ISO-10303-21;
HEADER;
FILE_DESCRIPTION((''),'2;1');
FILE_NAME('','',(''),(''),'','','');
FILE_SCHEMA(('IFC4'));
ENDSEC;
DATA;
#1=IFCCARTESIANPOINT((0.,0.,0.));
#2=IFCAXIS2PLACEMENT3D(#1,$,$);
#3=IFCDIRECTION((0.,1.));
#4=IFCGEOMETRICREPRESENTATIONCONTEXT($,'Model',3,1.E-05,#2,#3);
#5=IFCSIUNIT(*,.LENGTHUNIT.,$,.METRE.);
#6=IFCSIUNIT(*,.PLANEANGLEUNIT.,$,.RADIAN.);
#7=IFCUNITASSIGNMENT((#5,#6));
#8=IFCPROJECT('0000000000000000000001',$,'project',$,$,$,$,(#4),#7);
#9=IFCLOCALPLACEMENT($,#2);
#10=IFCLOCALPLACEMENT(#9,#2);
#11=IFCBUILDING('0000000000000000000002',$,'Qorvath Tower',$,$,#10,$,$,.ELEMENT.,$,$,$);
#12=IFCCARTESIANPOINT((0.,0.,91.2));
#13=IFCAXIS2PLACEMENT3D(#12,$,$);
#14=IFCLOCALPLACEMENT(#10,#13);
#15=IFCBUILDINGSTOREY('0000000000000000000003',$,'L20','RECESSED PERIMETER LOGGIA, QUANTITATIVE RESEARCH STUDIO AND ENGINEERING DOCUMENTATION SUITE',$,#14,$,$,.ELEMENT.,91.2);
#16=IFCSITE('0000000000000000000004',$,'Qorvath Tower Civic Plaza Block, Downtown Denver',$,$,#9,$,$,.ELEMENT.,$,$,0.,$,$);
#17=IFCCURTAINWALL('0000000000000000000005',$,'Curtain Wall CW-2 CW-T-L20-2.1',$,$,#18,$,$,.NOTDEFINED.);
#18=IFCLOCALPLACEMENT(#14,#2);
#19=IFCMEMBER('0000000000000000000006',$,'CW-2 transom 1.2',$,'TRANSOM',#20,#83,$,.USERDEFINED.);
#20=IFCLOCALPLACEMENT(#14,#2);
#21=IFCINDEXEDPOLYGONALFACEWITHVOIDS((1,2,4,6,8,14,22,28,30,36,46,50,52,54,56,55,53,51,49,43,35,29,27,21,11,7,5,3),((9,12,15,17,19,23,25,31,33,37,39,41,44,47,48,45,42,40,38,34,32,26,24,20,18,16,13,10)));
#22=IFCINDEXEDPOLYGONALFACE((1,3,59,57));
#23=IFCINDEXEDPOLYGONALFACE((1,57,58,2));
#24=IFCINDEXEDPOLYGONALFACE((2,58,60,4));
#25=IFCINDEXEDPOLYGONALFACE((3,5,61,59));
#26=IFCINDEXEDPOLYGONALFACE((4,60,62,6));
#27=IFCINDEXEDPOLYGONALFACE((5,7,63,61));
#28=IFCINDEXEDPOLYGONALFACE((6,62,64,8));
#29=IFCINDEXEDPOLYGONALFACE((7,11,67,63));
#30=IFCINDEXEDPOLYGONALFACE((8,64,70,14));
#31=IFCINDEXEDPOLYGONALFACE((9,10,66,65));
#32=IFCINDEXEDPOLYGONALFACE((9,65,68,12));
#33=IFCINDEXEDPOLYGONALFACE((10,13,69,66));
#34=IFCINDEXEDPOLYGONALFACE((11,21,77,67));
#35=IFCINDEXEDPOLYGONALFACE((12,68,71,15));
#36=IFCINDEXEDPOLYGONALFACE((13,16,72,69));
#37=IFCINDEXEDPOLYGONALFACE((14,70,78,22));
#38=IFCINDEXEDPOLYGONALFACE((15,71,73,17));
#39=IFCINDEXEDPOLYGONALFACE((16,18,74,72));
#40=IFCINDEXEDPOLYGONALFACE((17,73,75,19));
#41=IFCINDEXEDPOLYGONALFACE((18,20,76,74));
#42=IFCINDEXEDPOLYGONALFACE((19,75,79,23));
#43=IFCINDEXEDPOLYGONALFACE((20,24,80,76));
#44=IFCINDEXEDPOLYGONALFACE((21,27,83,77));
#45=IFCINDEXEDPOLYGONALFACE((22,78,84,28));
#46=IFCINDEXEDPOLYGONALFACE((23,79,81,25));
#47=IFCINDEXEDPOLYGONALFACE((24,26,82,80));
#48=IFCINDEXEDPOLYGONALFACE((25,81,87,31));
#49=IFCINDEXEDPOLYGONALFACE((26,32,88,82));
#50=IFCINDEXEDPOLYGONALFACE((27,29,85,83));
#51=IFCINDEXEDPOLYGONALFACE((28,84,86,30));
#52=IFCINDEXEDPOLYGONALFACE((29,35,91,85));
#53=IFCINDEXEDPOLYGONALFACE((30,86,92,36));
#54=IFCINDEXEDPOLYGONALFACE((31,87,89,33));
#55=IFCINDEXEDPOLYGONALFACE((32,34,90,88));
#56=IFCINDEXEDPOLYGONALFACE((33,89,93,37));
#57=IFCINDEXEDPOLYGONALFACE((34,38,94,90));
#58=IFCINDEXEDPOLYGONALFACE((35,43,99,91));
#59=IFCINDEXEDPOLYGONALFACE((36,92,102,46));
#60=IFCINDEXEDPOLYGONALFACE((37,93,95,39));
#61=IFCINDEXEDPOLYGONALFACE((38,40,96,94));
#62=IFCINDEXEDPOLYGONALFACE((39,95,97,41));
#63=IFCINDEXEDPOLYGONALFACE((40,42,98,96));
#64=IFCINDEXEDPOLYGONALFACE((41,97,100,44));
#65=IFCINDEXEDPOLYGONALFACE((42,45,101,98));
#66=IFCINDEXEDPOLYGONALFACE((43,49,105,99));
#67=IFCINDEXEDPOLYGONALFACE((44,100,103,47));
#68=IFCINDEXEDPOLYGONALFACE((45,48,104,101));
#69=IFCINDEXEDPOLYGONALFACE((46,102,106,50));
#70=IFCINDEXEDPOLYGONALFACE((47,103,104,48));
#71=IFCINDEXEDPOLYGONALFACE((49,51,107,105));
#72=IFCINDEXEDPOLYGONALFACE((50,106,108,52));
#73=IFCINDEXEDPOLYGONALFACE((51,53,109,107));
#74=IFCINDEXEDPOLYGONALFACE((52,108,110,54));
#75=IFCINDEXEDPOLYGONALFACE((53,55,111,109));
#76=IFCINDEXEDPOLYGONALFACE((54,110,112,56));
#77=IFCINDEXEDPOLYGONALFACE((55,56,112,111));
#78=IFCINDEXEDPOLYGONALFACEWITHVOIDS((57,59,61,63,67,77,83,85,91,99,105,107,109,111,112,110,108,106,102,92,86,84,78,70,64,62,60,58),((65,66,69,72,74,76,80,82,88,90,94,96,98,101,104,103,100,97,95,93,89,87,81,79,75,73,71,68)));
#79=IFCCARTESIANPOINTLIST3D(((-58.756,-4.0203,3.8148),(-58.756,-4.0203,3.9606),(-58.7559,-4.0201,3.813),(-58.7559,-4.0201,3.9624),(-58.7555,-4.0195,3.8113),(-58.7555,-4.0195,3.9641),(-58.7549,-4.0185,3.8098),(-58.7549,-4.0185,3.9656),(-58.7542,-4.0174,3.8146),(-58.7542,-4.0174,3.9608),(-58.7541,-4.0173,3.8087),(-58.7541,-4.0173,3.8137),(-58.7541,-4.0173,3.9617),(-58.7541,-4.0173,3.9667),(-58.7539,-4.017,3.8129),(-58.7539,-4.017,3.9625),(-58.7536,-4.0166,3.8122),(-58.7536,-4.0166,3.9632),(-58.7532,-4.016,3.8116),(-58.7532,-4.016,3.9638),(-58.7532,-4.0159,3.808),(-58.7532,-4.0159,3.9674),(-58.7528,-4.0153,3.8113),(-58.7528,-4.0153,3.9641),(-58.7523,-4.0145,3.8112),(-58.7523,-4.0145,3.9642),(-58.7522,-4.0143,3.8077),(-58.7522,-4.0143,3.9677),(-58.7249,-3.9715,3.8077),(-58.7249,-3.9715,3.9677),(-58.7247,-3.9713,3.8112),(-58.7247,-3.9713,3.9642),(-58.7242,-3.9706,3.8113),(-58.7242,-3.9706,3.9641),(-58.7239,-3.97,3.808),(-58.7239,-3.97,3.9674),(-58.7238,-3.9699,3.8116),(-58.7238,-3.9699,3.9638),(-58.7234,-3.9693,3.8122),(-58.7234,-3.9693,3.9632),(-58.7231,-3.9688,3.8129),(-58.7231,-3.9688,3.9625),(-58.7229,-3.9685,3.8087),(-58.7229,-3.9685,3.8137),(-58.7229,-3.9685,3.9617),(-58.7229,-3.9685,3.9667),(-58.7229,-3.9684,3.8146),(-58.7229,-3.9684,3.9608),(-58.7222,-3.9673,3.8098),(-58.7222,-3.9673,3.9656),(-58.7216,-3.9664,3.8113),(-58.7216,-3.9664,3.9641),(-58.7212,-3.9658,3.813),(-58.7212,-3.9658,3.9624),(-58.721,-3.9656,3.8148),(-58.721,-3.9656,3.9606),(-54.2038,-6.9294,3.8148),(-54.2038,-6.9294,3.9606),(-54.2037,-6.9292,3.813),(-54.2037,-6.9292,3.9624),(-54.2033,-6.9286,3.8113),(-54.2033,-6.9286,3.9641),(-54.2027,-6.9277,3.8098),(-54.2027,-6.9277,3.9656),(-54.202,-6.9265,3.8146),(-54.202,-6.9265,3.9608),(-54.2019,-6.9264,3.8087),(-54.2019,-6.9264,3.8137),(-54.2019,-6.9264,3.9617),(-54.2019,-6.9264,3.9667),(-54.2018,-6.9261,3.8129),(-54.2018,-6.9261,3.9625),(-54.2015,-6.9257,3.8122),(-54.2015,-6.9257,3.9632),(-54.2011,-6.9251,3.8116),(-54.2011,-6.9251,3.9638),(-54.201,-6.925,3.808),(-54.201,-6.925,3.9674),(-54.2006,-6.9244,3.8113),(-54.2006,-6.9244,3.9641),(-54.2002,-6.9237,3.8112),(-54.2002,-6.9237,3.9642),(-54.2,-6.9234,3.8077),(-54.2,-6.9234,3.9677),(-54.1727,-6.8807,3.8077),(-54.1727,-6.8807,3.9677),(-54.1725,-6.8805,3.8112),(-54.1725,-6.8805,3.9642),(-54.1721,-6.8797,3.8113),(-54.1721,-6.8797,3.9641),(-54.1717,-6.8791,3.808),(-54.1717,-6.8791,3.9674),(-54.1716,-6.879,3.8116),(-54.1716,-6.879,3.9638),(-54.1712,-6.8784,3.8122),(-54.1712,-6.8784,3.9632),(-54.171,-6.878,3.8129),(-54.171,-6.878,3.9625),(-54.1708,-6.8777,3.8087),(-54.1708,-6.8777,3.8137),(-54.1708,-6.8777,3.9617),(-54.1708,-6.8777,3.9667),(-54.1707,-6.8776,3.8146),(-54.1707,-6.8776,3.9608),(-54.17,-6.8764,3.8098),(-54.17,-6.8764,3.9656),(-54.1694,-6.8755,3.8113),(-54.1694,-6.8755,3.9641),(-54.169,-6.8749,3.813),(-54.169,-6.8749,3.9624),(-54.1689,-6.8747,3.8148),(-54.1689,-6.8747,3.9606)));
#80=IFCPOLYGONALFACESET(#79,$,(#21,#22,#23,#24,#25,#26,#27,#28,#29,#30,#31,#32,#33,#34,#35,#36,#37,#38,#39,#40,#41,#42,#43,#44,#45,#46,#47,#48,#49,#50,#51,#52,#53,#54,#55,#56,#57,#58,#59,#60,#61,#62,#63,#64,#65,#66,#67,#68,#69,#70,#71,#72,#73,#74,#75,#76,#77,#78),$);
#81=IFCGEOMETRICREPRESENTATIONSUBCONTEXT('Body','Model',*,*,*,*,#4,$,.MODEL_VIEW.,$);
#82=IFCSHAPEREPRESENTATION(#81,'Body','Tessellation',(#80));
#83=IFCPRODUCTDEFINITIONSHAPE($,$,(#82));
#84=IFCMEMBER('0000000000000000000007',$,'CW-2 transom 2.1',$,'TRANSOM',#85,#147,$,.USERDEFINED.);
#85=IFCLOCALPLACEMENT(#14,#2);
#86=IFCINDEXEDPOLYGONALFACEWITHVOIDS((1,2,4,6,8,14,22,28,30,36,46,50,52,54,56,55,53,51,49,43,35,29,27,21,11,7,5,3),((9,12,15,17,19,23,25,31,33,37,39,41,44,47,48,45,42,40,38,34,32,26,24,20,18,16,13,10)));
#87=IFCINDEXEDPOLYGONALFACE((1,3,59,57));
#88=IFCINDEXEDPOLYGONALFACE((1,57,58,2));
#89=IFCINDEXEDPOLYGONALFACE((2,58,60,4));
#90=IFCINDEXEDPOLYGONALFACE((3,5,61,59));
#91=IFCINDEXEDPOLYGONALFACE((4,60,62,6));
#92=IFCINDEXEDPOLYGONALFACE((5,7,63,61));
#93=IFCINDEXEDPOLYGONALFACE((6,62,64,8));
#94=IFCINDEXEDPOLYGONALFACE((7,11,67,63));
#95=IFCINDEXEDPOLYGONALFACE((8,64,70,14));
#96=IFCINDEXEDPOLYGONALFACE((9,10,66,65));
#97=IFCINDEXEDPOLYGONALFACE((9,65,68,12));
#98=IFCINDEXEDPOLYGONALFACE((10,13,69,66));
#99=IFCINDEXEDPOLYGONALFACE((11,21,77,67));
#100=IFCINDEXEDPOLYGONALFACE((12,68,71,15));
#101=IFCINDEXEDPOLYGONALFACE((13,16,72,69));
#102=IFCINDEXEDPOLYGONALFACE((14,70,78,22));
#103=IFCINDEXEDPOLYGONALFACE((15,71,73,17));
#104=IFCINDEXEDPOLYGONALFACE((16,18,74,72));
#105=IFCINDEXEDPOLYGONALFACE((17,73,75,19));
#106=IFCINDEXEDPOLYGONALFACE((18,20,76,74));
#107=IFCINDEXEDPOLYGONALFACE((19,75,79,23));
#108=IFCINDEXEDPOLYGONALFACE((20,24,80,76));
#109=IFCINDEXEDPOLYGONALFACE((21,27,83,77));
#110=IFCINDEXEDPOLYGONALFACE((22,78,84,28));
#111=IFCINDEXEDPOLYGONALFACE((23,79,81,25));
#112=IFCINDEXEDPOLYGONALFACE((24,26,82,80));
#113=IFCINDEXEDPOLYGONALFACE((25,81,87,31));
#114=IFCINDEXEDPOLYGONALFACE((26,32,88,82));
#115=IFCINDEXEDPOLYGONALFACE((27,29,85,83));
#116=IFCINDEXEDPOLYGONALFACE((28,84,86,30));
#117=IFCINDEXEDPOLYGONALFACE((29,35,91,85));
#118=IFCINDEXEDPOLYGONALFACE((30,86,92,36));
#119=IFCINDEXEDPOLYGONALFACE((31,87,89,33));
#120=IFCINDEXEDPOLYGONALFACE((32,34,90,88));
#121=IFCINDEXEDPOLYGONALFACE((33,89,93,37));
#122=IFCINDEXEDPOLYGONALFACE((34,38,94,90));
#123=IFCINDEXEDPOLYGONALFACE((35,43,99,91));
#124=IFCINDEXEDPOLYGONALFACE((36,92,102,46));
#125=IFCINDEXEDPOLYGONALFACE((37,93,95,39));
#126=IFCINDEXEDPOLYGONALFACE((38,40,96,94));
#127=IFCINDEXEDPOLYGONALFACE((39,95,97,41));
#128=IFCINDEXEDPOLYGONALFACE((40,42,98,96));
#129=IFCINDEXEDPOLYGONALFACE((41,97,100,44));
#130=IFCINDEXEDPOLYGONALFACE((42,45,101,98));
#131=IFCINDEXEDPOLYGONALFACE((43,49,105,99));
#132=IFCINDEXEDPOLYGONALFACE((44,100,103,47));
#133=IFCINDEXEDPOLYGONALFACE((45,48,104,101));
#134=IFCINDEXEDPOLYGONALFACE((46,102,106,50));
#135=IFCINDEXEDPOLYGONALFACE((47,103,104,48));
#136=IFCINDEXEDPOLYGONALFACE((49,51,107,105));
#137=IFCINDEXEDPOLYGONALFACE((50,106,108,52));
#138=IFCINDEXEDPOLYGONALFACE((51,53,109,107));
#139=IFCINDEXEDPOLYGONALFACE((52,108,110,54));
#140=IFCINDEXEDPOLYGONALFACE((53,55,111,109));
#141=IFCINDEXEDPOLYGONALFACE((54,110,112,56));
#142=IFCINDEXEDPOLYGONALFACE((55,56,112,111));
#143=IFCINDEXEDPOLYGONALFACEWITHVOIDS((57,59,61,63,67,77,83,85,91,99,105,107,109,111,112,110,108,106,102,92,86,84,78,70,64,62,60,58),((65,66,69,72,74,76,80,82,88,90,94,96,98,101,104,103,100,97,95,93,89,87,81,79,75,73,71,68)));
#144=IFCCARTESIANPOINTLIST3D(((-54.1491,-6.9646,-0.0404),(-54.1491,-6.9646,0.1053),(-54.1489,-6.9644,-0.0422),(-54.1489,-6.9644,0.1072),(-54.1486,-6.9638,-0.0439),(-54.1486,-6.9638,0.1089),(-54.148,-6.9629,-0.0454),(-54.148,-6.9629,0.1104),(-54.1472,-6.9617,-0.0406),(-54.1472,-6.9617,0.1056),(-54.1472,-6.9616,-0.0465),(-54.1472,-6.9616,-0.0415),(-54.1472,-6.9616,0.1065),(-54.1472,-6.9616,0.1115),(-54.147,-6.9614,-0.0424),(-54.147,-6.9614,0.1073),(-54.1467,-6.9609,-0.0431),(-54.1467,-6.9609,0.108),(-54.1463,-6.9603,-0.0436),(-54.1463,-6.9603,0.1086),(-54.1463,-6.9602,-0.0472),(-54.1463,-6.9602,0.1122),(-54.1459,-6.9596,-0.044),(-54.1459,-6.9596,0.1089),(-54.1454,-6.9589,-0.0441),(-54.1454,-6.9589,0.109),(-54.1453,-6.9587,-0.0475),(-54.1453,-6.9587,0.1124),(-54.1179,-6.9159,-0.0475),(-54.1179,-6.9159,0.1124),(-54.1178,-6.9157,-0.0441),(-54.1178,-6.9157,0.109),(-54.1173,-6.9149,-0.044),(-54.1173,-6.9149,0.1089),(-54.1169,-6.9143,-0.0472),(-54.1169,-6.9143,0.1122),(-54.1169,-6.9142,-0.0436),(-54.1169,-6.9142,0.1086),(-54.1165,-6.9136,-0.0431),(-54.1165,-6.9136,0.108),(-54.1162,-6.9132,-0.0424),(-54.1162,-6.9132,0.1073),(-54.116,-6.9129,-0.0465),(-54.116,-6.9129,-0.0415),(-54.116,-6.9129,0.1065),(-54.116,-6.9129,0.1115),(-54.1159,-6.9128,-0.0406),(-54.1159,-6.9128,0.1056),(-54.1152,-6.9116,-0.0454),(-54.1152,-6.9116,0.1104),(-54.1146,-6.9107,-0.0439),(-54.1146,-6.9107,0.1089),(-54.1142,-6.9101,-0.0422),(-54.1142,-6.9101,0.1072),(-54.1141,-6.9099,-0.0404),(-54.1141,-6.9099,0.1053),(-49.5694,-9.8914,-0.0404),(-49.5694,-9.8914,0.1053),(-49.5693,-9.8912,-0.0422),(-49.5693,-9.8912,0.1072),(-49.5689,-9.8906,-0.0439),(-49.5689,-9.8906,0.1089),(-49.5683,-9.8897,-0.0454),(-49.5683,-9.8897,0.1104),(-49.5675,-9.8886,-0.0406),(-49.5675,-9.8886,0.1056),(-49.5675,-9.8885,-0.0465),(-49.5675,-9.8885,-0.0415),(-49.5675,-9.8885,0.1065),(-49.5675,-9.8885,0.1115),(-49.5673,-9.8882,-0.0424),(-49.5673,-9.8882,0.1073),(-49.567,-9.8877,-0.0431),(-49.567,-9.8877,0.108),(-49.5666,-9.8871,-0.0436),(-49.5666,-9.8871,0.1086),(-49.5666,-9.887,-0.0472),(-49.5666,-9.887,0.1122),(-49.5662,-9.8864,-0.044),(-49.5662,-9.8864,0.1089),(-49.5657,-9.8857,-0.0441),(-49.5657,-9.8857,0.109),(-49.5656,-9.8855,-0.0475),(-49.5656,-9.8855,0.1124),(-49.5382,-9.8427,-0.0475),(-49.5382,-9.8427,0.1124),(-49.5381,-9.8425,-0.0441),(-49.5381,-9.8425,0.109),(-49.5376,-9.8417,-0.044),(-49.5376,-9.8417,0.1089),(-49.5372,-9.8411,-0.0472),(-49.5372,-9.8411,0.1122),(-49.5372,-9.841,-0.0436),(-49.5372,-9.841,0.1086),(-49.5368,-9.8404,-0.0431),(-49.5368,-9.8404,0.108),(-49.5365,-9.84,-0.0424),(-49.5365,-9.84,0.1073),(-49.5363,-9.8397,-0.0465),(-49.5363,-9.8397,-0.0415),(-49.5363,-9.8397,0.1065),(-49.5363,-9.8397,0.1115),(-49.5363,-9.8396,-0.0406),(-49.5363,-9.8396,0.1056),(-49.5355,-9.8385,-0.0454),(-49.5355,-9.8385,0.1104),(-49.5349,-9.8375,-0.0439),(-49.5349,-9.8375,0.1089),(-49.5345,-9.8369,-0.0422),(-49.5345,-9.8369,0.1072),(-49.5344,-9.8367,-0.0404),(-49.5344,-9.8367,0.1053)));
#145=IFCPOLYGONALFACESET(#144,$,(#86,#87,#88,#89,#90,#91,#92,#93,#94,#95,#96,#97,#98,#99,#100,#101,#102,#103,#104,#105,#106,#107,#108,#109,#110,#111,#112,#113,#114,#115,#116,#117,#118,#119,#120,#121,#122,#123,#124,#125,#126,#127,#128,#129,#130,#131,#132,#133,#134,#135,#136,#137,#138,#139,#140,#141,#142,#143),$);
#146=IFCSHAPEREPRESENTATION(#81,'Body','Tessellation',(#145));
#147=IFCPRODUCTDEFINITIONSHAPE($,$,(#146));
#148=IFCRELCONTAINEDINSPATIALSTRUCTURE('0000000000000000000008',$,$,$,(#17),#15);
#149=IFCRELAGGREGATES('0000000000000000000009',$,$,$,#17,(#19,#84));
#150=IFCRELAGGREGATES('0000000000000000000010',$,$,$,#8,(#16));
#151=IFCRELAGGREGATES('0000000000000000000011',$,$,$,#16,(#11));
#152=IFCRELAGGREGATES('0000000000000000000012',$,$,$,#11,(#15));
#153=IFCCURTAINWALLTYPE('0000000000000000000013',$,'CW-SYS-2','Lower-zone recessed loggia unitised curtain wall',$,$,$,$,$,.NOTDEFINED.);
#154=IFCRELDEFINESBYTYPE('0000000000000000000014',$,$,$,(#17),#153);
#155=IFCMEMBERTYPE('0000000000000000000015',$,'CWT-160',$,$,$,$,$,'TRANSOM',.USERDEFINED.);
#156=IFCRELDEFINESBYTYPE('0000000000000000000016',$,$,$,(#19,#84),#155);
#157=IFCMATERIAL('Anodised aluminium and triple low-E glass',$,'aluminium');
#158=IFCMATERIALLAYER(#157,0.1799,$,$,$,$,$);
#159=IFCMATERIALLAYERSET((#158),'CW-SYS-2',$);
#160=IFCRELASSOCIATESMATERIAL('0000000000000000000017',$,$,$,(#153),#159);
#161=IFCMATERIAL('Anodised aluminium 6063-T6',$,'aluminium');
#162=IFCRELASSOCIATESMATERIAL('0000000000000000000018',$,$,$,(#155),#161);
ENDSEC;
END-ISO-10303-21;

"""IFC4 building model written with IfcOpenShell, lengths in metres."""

from ifc_helpers import new_model, si_unit, direction, frame, origin, origin_2d, place, context, subcontext, project, spatial, hollow_rectangle, extrude, material, layer, layer_set, material_profile, profile_set, type_object, element, aggregate, save


model = new_model("IFC4")

# Units and contexts
model_context = context("Model", 3, precision=1e-05, world=origin(), true_north=direction((0.0, 1.0)))
body_context = subcontext(model_context, "Body", "Model", "MODEL_VIEW")
ifc_project = project(units=[si_unit("LENGTHUNIT", "METRE"), si_unit("PLANEANGLEUNIT", "RADIAN")], contexts=[model_context])

# Site, building, storey
site_placement = place(None, origin())
site = spatial("IfcSite", under=ifc_project, at=site_placement, Name="Qorvath Tower Civic Plaza Block, Downtown Denver", CompositionType="ELEMENT", RefElevation=0.0)
building_placement = place(site_placement, origin())
building = spatial("IfcBuilding", under=site, at=building_placement, Name="Qorvath Tower", CompositionType="ELEMENT")
storey_placement = place(building_placement, frame((0.0, 0.0, 91.2)))
storey = spatial("IfcBuildingStorey", under=building, at=storey_placement, Name="L20", Description="RECESSED PERIMETER LOGGIA, QUANTITATIVE RESEARCH STUDIO AND ENGINEERING DOCUMENTATION SUITE", CompositionType="ELEMENT", Elevation=91.2)

# Curtain wall, members
ifc_material_1 = material(Name="Anodised aluminium and triple low-E glass", Category="aluminium")
ifc_layer_1 = layer(ifc_material_1, 0.1799)
ifc_layer_set_1 = layer_set([ifc_layer_1], Name="CW-SYS-2")
curtain_wall_type = type_object("IfcCurtainWallType", Name="CW-SYS-2", Description="Lower-zone recessed loggia unitised curtain wall", PredefinedType="NOTDEFINED", material=ifc_layer_set_1)
curtain_wall_placement = place(storey_placement, origin())
curtain_wall = element("IfcCurtainWall", 1, at=curtain_wall_placement, inside=storey, type_object=curtain_wall_type, Name="Curtain Wall CW-2 CW-T-L20-2.1", PredefinedType="NOTDEFINED")
ifc_material_2 = material(Name="Anodised aluminium 6063-T6", Category="aluminium")
ifc_material_profile_1 = material_profile(ifc_material_2, hollow_rectangle(XDim=0.0649, YDim=0.1599, WallThickness=0.0034, InnerFilletRadius=0.0034, OuterFilletRadius=0.0071, at=origin_2d()), Name="CWT 160x65")
ifc_profile_set_1 = profile_set([ifc_material_profile_1], Name="Anodised aluminium 6063-T6")
member_type_1 = type_object("IfcMemberType", Name="CWT-160", ElementType="TRANSOM", PredefinedType="USERDEFINED", material=ifc_profile_set_1)
member_1_placement = place(storey_placement, frame((-58.7385, -3.9929, 3.8877), z_axis=(0.842629, -0.538494, 0.0), x_axis=(0.538494, 0.842629, 0.0)))
member_1 = element("IfcMember", 2, at=member_1_placement, type_object=member_type_1, Name="CW-2 transom 1.2", ObjectType="TRANSOM", PredefinedType="USERDEFINED", context=body_context, shape_type="SweptSolid", body=[
    extrude(hollow_rectangle(XDim=0.0649, YDim=0.1599, WallThickness=0.0034, InnerFilletRadius=0.0034, OuterFilletRadius=0.0071, at=origin_2d()), origin(), (0.0, 0.0, 1.0), 5.4023),
])
member_2_placement = place(storey_placement, frame((-54.1316, -6.9373, 0.0325), z_axis=(0.84262, -0.538508, 0.0), x_axis=(0.538508, 0.84262, 0.0)))
member_2 = element("IfcMember", 3, at=member_2_placement, type_object=member_type_1, Name="CW-2 transom 2.1", ObjectType="TRANSOM", PredefinedType="USERDEFINED", context=body_context, shape_type="SweptSolid", body=[
    extrude(hollow_rectangle(XDim=0.0649, YDim=0.1599, WallThickness=0.0034, InnerFilletRadius=0.0034, OuterFilletRadius=0.0071, at=origin_2d()), origin(), (0.0, 0.0, 1.0), 5.4351),
])
aggregate(curtain_wall, [member_1, member_2])

save(model, "model.ifc")
